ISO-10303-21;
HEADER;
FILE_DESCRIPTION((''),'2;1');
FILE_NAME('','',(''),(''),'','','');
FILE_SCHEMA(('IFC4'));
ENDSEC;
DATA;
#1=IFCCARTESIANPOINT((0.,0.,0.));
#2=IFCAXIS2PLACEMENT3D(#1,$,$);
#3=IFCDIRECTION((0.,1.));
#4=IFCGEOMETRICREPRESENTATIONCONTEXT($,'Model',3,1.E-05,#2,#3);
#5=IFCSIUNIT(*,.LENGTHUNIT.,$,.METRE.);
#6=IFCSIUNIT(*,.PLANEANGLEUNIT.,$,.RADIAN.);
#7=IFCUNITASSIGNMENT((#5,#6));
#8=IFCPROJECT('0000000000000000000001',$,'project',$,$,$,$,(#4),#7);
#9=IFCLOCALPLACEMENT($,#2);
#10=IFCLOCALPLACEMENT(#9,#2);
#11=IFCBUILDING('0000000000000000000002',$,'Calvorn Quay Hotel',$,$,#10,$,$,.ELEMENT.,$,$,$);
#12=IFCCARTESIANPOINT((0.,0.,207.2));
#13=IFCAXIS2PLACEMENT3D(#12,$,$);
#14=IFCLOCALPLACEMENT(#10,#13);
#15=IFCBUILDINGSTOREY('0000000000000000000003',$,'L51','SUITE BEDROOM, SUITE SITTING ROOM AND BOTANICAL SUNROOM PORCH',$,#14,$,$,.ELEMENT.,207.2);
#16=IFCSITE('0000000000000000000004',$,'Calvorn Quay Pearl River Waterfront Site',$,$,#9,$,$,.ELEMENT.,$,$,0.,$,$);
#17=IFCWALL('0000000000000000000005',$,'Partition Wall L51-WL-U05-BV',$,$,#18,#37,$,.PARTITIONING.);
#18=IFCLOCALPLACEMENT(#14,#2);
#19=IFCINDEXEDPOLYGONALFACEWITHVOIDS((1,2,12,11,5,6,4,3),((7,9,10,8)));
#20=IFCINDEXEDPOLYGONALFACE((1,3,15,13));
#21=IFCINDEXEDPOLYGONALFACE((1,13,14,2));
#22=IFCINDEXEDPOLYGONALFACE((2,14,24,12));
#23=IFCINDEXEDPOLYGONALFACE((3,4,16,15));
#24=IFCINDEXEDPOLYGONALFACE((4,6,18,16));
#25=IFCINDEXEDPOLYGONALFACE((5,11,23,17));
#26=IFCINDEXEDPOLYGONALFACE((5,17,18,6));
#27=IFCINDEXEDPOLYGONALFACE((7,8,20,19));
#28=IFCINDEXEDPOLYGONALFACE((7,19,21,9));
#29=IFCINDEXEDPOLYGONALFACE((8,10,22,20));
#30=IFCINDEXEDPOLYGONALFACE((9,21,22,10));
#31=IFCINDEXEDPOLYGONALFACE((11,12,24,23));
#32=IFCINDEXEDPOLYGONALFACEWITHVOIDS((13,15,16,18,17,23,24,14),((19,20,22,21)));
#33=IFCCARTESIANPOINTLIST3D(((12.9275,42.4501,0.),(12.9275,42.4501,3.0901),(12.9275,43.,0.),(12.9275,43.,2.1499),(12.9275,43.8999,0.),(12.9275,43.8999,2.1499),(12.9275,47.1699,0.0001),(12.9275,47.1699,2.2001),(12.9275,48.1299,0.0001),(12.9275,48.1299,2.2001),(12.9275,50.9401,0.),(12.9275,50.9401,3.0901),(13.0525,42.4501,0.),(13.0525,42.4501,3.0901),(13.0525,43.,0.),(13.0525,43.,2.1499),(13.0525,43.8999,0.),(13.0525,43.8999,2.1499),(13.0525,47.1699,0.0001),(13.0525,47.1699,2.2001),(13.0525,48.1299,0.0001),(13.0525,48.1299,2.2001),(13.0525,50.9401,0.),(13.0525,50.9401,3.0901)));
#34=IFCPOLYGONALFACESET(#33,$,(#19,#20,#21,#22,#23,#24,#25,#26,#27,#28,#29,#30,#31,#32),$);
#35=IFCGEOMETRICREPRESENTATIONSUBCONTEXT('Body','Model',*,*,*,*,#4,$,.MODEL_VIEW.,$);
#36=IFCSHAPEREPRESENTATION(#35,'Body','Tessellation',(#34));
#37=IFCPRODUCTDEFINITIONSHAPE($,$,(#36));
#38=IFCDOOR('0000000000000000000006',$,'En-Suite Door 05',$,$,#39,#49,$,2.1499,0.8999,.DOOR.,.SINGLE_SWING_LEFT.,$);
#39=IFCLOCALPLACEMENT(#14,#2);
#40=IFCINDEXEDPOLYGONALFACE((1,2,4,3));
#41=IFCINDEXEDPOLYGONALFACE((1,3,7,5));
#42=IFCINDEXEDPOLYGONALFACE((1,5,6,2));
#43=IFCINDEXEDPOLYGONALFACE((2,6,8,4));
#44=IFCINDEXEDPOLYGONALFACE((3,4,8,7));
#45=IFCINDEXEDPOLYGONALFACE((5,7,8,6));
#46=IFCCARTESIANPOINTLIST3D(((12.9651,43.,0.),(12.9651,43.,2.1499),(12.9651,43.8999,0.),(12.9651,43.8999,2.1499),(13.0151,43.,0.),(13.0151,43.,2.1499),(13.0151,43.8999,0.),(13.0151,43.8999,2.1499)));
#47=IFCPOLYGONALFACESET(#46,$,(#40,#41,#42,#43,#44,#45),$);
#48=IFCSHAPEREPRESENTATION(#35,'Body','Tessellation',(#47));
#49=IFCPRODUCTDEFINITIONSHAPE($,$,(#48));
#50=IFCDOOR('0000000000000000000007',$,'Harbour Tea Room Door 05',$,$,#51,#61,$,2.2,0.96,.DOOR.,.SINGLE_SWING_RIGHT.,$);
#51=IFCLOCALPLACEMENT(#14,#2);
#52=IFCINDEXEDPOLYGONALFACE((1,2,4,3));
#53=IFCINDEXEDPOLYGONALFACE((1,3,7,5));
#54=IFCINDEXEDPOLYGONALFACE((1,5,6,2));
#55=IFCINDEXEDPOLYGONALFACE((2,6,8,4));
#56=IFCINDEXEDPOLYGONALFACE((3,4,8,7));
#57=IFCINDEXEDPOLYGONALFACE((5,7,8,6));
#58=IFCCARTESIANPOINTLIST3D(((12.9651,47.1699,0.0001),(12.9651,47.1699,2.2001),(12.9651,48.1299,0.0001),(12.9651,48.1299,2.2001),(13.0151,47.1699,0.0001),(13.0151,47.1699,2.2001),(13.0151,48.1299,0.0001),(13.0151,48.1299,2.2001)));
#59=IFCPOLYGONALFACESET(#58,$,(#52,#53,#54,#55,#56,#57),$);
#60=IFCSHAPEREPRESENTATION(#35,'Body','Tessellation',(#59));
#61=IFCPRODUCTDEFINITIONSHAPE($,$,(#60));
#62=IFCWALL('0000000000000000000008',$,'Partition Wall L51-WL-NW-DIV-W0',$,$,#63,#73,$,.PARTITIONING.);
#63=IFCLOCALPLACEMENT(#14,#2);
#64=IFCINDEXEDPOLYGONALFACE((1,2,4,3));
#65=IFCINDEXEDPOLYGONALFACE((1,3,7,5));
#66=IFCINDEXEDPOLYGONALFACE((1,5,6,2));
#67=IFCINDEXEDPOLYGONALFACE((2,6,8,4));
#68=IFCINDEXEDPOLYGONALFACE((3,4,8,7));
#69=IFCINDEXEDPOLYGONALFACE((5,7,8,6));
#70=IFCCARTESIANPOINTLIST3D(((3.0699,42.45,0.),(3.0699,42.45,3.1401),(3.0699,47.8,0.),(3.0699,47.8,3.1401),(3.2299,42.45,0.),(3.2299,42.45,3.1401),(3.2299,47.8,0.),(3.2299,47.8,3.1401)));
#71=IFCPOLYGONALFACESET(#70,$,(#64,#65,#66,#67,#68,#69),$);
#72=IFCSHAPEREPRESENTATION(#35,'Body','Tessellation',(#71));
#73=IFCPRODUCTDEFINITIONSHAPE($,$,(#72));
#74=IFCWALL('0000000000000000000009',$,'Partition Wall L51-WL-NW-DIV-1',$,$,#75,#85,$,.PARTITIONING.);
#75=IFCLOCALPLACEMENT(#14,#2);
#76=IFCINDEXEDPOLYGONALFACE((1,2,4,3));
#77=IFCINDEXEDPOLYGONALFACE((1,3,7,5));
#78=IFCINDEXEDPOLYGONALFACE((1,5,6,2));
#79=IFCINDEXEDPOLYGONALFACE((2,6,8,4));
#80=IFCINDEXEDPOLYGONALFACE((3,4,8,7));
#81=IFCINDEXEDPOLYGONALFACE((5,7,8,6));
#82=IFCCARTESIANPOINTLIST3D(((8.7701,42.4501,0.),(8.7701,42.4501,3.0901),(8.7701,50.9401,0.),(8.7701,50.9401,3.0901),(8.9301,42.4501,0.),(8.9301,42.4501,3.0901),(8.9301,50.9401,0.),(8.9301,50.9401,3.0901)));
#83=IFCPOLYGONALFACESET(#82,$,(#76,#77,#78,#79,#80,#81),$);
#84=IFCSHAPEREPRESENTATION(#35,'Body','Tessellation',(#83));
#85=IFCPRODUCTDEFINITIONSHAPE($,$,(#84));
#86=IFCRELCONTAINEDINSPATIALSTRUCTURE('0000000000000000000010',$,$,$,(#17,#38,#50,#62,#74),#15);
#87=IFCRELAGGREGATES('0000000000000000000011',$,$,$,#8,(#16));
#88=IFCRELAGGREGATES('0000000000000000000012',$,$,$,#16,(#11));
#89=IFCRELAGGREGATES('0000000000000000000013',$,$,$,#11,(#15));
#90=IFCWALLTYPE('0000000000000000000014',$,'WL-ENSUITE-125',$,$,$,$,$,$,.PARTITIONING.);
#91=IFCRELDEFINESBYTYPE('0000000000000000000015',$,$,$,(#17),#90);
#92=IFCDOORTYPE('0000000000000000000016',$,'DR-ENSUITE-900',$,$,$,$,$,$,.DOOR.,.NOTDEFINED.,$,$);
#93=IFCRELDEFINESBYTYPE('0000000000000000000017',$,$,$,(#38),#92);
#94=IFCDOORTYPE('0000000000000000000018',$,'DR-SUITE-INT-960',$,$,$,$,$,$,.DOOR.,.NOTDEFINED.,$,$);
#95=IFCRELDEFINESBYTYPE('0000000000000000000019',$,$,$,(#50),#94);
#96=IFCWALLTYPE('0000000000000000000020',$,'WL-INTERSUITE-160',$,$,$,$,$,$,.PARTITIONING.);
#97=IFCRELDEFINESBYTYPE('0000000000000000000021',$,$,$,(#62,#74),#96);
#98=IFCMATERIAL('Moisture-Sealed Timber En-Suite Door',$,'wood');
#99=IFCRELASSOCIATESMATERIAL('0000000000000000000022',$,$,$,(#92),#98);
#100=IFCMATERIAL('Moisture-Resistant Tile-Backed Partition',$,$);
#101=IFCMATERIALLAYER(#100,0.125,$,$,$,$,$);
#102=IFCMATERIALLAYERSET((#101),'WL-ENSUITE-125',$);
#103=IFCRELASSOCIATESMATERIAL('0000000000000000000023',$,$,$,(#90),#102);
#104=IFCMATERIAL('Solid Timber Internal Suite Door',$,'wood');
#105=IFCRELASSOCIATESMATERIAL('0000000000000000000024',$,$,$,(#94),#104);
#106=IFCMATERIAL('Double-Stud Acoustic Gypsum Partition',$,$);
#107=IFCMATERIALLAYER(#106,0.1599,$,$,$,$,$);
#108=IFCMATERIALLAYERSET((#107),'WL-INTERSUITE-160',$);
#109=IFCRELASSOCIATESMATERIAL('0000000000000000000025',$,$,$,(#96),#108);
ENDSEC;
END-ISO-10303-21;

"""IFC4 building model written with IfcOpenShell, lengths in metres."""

from ifc_helpers import new_model, si_unit, direction, frame, frame_2d, origin, place, context, subcontext, project, spatial, rectangle, extrude, material, layer, layer_set, type_object, element, fill, save


model = new_model("IFC4")

# Units and contexts
model_context = context("Model", 3, precision=1e-05, world=origin(), true_north=direction((0.0, 1.0)))
body_context = subcontext(model_context, "Body", "Model", "MODEL_VIEW")
ifc_project = project(units=[si_unit("LENGTHUNIT", "METRE"), si_unit("PLANEANGLEUNIT", "RADIAN")], contexts=[model_context])

# Site, building, storey
site_placement = place(None, origin())
site = spatial("IfcSite", under=ifc_project, at=site_placement, Name="Calvorn Quay Pearl River Waterfront Site", CompositionType="ELEMENT", RefElevation=0.0)
building_placement = place(site_placement, origin())
building = spatial("IfcBuilding", under=site, at=building_placement, Name="Calvorn Quay Hotel", CompositionType="ELEMENT")
storey_placement = place(building_placement, frame((0.0, 0.0, 207.2)))
storey = spatial("IfcBuildingStorey", under=building, at=storey_placement, Name="L51", Description="SUITE BEDROOM, SUITE SITTING ROOM AND BOTANICAL SUNROOM PORCH", CompositionType="ELEMENT", Elevation=207.2)

# Shared definitions
ifc_material_1 = material(Name="Moisture-Sealed Timber En-Suite Door", Category="wood")
door_type_1 = type_object("IfcDoorType", Name="DR-ENSUITE-900", OperationType="NOTDEFINED", PredefinedType="DOOR", material=ifc_material_1)

# Wall, openings, doors
ifc_material_2 = material(Name="Moisture-Resistant Tile-Backed Partition")
ifc_layer_1 = layer(ifc_material_2, 0.125)
ifc_layer_set_1 = layer_set([ifc_layer_1], Name="WL-ENSUITE-125")
wall_type_1 = type_object("IfcWallType", Name="WL-ENSUITE-125", PredefinedType="PARTITIONING", material=ifc_layer_set_1)
ifc_material_3 = material(Name="Solid Timber Internal Suite Door", Category="wood")
door_type_2 = type_object("IfcDoorType", Name="DR-SUITE-INT-960", OperationType="NOTDEFINED", PredefinedType="DOOR", material=ifc_material_3)
wall_1_placement = place(storey_placement, frame((12.99, 42.45, 0.0), z_axis=(0.0, 0.0, 1.0), x_axis=(0.0, 1.0, 0.0)))
wall_1 = element("IfcWall", 1, at=wall_1_placement, inside=storey, type_object=wall_type_1, Name="Partition Wall L51-WL-U05-BV", PredefinedType="PARTITIONING", context=body_context, shape_type="SweptSolid", body=[
    extrude(rectangle(XDim=8.49, YDim=0.125, at=frame_2d((4.2451, 0.0))), origin(), (0.0, 0.0, 1.0), 3.0901),
])
opening_1_placement = place(wall_1_placement, frame((0.55, 0.0, 0.0)))
opening_1 = element("IfcOpeningElement", 2, at=opening_1_placement, cuts=wall_1, PredefinedType="OPENING", context=body_context, shape_type="SweptSolid", body=[
    extrude(rectangle(XDim=0.8999, YDim=2.1499, at=frame_2d((0.45, 1.075))), frame((0.0, 0.0725, 0.0), z_axis=(0.0, -1.0, 0.0), x_axis=(1.0, 0.0, 0.0)), (0.0, 0.0, 1.0), 0.145),
])
opening_2_placement = place(wall_1_placement, frame((4.72, 0.0, 0.0)))
opening_2 = element("IfcOpeningElement", 3, at=opening_2_placement, cuts=wall_1, PredefinedType="OPENING", context=body_context, shape_type="SweptSolid", body=[
    extrude(rectangle(XDim=0.96, YDim=2.2, at=frame_2d((0.48, 1.1001))), frame((0.0, 0.0725, 0.0), z_axis=(0.0, -1.0, 0.0), x_axis=(1.0, 0.0, 0.0)), (0.0, 0.0, 1.0), 0.145),
])
door_1_placement = place(opening_1_placement, origin())
door_1 = element("IfcDoor", 4, at=door_1_placement, inside=storey, type_object=door_type_1, Name="En-Suite Door 05", OperationType="SINGLE_SWING_LEFT", OverallHeight=2.1499, OverallWidth=0.8999, PredefinedType="DOOR", context=body_context, shape_type="SweptSolid", body=[
    extrude(rectangle(XDim=0.8999, YDim=2.1499, at=frame_2d((0.45, 1.075))), frame((0.0, 0.0249, 0.0), z_axis=(0.0, -1.0, 0.0), x_axis=(1.0, 0.0, 0.0)), (0.0, 0.0, 1.0), 0.05),
])
fill(opening_1, door_1)
door_2_placement = place(opening_2_placement, origin())
door_2 = element("IfcDoor", 5, at=door_2_placement, inside=storey, type_object=door_type_2, Name="Harbour Tea Room Door 05", OperationType="SINGLE_SWING_RIGHT", OverallHeight=2.2, OverallWidth=0.96, PredefinedType="DOOR", context=body_context, shape_type="SweptSolid", body=[
    extrude(rectangle(XDim=0.96, YDim=2.2, at=frame_2d((0.48, 1.1001))), frame((0.0, 0.0249, 0.0), z_axis=(0.0, -1.0, 0.0), x_axis=(1.0, 0.0, 0.0)), (0.0, 0.0, 1.0), 0.05),
])
fill(opening_2, door_2)

# Walls
ifc_material_4 = material(Name="Double-Stud Acoustic Gypsum Partition")
ifc_layer_2 = layer(ifc_material_4, 0.1599)
ifc_layer_set_2 = layer_set([ifc_layer_2], Name="WL-INTERSUITE-160")
wall_type_2 = type_object("IfcWallType", Name="WL-INTERSUITE-160", PredefinedType="PARTITIONING", material=ifc_layer_set_2)
wall_2_placement = place(storey_placement, frame((3.1499, 42.45, 0.0), z_axis=(0.0, 0.0, 1.0), x_axis=(0.0, 1.0, 0.0)))
element("IfcWall", 6, at=wall_2_placement, inside=storey, type_object=wall_type_2, Name="Partition Wall L51-WL-NW-DIV-W0", PredefinedType="PARTITIONING", context=body_context, shape_type="SweptSolid", body=[
    extrude(rectangle(XDim=5.3501, YDim=0.1599, at=frame_2d((2.675, 0.0))), origin(), (0.0, 0.0, 1.0), 3.1401),
])
wall_3_placement = place(storey_placement, frame((8.8501, 42.45, 0.0), z_axis=(0.0, 0.0, 1.0), x_axis=(0.0, 1.0, 0.0)))
element("IfcWall", 7, at=wall_3_placement, inside=storey, type_object=wall_type_2, Name="Partition Wall L51-WL-NW-DIV-1", PredefinedType="PARTITIONING", context=body_context, shape_type="SweptSolid", body=[
    extrude(rectangle(XDim=8.49, YDim=0.1599, at=frame_2d((4.2451, 0.0))), origin(), (0.0, 0.0, 1.0), 3.0901),
])

save(model, "model.ifc")
